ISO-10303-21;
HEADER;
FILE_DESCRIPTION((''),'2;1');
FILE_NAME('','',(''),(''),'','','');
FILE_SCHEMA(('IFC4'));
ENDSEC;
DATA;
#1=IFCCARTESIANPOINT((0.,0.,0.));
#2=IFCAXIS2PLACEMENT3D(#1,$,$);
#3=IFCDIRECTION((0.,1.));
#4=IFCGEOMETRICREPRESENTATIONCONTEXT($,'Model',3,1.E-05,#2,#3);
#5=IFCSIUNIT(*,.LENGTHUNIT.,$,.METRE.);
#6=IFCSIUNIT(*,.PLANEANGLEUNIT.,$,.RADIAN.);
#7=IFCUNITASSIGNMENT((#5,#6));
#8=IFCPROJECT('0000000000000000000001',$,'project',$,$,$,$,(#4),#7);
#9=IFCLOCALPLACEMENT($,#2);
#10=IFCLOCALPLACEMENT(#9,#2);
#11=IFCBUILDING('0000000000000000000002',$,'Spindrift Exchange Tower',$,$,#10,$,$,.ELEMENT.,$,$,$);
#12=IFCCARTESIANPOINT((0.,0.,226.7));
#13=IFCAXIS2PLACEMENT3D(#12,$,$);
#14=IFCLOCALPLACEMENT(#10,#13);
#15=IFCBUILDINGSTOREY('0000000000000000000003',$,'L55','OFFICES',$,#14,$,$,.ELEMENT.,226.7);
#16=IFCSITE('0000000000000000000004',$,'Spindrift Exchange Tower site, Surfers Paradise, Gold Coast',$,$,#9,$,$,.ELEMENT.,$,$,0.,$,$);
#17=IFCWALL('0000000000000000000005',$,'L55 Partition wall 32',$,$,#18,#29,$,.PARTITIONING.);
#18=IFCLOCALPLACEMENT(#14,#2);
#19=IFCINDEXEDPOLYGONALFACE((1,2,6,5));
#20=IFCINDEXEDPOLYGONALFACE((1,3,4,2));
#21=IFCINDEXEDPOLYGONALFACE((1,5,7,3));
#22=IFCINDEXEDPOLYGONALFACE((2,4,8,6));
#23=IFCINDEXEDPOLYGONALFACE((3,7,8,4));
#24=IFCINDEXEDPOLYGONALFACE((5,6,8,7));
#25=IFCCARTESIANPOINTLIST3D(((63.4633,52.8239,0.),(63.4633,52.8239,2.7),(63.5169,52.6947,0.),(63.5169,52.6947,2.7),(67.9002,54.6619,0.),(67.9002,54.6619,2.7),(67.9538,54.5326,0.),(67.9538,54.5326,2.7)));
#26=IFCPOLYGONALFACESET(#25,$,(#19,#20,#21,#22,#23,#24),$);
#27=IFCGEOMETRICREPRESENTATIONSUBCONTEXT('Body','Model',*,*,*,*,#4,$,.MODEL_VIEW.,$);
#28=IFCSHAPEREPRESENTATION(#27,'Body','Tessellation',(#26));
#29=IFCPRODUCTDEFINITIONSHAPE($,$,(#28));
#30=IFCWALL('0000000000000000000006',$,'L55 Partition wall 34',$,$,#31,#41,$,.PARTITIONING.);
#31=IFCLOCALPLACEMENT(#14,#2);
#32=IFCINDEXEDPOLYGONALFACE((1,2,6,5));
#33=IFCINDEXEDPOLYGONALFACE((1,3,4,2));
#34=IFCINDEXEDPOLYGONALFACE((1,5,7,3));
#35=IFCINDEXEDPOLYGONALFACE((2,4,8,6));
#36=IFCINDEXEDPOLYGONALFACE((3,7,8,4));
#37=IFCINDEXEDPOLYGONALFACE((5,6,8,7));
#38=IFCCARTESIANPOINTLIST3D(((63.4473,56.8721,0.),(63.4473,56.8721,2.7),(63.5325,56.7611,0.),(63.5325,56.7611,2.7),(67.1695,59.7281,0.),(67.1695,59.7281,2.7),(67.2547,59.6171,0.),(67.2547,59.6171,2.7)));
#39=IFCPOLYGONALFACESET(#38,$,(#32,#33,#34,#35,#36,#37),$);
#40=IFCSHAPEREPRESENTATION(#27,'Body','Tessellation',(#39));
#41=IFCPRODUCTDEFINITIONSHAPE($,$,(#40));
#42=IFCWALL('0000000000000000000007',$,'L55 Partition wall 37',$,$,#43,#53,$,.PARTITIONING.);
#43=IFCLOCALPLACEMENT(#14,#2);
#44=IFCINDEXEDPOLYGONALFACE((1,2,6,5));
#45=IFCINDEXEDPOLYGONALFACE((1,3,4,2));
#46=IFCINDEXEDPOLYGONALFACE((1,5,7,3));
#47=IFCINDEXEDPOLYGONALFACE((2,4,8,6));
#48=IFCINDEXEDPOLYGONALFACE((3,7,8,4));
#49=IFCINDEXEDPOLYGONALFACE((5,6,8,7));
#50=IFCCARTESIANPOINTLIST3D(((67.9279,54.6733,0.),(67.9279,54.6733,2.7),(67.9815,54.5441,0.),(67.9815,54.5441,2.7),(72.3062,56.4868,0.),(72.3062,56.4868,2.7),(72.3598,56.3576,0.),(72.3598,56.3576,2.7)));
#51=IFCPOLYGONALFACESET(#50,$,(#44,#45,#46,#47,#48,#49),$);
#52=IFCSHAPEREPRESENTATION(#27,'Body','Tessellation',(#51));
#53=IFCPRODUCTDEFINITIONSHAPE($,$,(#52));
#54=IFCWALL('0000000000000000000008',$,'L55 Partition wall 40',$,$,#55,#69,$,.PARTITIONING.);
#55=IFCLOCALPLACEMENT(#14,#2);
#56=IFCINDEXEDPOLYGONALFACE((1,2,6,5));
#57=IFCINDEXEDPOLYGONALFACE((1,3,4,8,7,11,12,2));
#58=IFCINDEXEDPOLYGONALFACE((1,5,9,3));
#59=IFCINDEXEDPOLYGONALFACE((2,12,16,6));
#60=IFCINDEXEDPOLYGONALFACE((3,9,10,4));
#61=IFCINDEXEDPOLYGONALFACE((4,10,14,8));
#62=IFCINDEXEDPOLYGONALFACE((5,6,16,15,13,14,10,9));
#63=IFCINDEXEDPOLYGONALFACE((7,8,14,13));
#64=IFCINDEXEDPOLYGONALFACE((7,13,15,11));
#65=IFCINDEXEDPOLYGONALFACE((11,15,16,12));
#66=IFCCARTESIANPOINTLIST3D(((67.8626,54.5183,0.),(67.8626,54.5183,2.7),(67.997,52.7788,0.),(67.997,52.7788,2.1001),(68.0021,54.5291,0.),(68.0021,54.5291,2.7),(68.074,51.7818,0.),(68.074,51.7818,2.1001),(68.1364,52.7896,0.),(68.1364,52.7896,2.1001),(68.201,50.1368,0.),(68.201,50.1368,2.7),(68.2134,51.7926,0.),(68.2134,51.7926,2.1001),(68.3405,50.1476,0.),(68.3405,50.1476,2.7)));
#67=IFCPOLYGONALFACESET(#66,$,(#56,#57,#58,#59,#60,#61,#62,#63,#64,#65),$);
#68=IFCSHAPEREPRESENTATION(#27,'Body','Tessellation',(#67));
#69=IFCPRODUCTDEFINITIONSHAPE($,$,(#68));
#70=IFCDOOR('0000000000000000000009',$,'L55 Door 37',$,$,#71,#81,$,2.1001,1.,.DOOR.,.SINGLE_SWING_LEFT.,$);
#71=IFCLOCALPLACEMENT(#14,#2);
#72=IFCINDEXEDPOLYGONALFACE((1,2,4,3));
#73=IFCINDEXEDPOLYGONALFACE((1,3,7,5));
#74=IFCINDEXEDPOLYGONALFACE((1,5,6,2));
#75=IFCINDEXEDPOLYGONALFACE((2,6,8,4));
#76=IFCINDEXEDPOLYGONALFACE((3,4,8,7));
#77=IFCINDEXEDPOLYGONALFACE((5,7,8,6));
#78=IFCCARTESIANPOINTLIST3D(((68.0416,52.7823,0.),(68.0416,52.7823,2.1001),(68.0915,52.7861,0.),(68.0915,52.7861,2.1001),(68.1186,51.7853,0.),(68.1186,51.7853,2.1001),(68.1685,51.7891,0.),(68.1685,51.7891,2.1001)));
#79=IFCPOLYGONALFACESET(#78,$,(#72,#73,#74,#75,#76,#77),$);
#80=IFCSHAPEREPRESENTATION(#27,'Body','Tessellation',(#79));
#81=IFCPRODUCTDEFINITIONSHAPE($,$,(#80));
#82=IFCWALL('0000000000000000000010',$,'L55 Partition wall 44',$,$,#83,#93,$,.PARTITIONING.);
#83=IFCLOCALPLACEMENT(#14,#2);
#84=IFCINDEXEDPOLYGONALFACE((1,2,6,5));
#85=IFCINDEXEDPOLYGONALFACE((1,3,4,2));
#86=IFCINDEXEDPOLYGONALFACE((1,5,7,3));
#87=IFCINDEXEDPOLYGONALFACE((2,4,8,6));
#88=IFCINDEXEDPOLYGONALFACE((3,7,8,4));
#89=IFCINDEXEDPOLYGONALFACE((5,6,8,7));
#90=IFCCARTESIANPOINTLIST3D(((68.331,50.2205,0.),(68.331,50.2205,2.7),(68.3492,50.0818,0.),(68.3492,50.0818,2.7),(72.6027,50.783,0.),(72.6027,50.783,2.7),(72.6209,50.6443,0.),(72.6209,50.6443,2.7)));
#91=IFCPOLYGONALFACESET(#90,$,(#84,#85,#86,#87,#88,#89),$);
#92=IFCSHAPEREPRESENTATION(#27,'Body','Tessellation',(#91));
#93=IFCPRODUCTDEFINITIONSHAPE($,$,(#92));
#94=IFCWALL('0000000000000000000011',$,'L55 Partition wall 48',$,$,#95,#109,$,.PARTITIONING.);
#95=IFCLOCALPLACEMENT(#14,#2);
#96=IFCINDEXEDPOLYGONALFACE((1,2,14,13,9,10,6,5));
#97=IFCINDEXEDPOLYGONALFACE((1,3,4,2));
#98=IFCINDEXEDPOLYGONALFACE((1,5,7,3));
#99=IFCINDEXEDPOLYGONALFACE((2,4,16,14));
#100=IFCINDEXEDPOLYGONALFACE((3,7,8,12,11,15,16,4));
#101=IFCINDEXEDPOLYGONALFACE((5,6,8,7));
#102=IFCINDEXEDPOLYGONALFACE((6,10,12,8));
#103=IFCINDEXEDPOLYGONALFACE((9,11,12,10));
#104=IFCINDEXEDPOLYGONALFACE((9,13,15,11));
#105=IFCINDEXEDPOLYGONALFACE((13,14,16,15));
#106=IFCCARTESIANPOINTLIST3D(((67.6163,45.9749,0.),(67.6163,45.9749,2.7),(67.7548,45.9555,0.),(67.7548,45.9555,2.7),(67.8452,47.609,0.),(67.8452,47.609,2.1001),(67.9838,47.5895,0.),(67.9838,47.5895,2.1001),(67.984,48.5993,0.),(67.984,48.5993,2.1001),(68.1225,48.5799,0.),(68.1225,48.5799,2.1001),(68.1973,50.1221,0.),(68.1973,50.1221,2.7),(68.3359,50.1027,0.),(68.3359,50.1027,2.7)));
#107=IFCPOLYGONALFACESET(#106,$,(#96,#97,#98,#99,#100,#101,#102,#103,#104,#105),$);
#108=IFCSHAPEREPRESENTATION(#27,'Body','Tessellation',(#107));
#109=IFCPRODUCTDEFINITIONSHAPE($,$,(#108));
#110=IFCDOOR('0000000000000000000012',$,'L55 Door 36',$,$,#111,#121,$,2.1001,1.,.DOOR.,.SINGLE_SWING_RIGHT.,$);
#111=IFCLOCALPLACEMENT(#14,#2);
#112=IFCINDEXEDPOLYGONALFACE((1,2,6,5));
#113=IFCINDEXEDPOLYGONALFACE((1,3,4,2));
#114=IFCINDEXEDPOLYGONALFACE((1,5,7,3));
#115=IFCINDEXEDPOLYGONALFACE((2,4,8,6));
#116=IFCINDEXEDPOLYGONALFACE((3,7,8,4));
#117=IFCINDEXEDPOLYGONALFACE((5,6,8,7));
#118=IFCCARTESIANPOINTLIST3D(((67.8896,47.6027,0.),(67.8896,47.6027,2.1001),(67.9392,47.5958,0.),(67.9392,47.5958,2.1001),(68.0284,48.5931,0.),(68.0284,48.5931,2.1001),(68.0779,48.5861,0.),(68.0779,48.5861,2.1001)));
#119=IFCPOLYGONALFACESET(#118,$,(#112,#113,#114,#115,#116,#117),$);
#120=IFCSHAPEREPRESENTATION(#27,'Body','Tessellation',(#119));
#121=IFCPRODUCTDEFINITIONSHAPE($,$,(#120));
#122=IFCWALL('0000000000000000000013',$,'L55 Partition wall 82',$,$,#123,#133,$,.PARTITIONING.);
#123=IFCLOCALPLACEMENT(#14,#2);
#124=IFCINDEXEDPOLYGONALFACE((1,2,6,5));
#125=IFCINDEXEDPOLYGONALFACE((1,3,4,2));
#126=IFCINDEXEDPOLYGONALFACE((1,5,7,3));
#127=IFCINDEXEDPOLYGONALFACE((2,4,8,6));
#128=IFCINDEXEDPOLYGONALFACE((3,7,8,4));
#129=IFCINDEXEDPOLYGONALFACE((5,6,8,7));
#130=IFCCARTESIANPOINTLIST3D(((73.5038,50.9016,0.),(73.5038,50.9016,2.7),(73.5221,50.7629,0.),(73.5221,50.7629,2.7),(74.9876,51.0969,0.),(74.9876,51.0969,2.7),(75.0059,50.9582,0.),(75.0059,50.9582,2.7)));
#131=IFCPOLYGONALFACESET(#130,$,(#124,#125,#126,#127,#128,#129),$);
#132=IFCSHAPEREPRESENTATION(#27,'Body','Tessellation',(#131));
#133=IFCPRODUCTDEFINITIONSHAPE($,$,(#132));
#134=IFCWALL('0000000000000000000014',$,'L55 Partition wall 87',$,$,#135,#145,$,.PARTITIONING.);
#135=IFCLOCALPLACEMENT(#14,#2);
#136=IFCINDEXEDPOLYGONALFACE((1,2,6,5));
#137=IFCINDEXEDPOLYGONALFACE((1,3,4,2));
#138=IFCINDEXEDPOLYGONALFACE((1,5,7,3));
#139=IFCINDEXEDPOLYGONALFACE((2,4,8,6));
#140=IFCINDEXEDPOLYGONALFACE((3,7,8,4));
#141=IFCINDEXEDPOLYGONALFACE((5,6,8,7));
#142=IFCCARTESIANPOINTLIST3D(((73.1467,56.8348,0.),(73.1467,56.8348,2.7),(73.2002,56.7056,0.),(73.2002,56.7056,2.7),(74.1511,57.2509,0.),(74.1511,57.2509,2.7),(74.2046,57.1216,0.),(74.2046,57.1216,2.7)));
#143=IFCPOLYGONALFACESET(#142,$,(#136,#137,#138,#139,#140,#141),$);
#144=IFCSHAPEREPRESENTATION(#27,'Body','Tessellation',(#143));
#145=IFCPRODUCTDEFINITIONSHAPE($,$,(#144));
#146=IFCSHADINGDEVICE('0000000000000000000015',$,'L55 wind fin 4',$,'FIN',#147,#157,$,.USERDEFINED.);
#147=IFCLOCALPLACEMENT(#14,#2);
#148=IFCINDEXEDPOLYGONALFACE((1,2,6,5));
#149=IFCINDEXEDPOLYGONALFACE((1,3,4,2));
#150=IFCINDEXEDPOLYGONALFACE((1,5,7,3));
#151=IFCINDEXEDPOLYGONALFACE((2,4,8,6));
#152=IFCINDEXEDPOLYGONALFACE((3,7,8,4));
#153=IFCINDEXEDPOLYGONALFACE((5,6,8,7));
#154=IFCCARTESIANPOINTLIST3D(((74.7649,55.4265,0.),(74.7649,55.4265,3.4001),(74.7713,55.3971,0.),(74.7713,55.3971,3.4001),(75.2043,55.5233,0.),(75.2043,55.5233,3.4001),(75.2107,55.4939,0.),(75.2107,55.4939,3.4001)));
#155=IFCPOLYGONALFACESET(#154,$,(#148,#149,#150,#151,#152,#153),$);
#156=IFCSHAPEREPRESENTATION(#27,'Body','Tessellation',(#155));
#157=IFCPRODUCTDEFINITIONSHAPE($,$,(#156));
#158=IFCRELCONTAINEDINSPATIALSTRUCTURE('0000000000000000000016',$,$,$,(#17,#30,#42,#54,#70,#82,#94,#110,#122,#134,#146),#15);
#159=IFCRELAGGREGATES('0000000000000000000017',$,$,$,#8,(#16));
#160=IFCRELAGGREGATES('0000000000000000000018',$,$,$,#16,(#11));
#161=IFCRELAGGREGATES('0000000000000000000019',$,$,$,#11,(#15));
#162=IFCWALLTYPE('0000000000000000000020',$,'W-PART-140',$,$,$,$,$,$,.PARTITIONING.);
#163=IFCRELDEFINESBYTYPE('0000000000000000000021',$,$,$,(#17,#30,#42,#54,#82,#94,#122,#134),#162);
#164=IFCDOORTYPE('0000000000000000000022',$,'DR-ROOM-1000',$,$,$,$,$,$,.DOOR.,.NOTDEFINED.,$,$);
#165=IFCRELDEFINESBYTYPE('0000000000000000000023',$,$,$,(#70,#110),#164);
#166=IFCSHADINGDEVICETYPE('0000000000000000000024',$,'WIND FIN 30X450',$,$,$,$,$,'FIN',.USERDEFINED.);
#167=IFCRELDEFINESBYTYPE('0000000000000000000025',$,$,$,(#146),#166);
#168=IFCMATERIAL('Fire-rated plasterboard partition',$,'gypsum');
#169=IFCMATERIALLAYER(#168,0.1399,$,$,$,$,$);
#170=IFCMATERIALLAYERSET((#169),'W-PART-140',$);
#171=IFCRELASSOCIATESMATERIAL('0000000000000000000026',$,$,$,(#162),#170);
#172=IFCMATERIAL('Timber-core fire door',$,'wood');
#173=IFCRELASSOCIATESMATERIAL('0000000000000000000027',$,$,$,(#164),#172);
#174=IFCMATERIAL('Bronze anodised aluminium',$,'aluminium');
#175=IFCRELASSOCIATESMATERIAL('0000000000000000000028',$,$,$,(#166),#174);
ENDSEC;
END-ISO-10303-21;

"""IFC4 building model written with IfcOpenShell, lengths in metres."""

from ifc_helpers import new_model, si_unit, direction, frame, frame_2d, origin, origin_2d, place, context, subcontext, project, spatial, rectangle, extrude, source, transform, mapped, material, layer, layer_set, material_profile, profile_set, type_object, element, fill, save


model = new_model("IFC4")

# Units and contexts
model_context = context("Model", 3, precision=1e-05, world=origin(), true_north=direction((0.0, 1.0)))
body_context = subcontext(model_context, "Body", "Model", "MODEL_VIEW")
ifc_project = project(units=[si_unit("LENGTHUNIT", "METRE"), si_unit("PLANEANGLEUNIT", "RADIAN")], contexts=[model_context])

# Site, building, storey
site_placement = place(None, origin())
site = spatial("IfcSite", under=ifc_project, at=site_placement, Name="Spindrift Exchange Tower site, Surfers Paradise, Gold Coast", CompositionType="ELEMENT", RefElevation=0.0)
building_placement = place(site_placement, origin())
building = spatial("IfcBuilding", under=site, at=building_placement, Name="Spindrift Exchange Tower", CompositionType="ELEMENT")
storey_placement = place(building_placement, frame((0.0, 0.0, 226.7)))
storey = spatial("IfcBuildingStorey", under=building, at=storey_placement, Name="L55", Description="OFFICES", CompositionType="ELEMENT", Elevation=226.7)

# Shared definitions
ifc_material_1 = material(Name="Bronze anodised aluminium", Category="aluminium")

# Walls
ifc_material_2 = material(Name="Fire-rated plasterboard partition", Category="gypsum")
ifc_layer_1 = layer(ifc_material_2, 0.1399)
ifc_layer_set_1 = layer_set([ifc_layer_1], Name="W-PART-140")
wall_type = type_object("IfcWallType", Name="W-PART-140", PredefinedType="PARTITIONING", material=ifc_layer_set_1)
wall_1_placement = place(storey_placement, frame((63.49, 52.7593, 0.0), z_axis=(0.0, 0.0, 1.0), x_axis=(0.923871, 0.382705, 0.0)))
element("IfcWall", 1, at=wall_1_placement, inside=storey, type_object=wall_type, Name="L55 Partition wall 32", PredefinedType="PARTITIONING", context=body_context, shape_type="SweptSolid", body=[
    extrude(rectangle(XDim=4.8025, YDim=0.1399, at=frame_2d((2.4014, 0.0))), origin(), (0.0, 0.0, 1.0), 2.7),
])
wall_2_placement = place(storey_placement, frame((63.49, 56.8167, 0.0), z_axis=(0.0, 0.0, 1.0), x_axis=(0.79337, 0.60874, 0.0)))
element("IfcWall", 2, at=wall_2_placement, inside=storey, type_object=wall_type, Name="L55 Partition wall 34", PredefinedType="PARTITIONING", context=body_context, shape_type="SweptSolid", body=[
    extrude(rectangle(XDim=4.6917, YDim=0.1399, at=frame_2d((2.3457, 0.0))), origin(), (0.0, 0.0, 1.0), 2.7),
])
wall_3_placement = place(storey_placement, frame((67.9546, 54.6086, 0.0), z_axis=(0.0, 0.0, 1.0), x_axis=(0.923881, 0.382679, 0.0)))
element("IfcWall", 3, at=wall_3_placement, inside=storey, type_object=wall_type, Name="L55 Partition wall 37", PredefinedType="PARTITIONING", context=body_context, shape_type="SweptSolid", body=[
    extrude(rectangle(XDim=4.739, YDim=0.1399, at=frame_2d((2.3696, 0.0))), origin(), (0.0, 0.0, 1.0), 2.7),
])

# Wall, opening, door
wall_4_placement = place(storey_placement, frame((67.9324, 54.5237, 0.0), z_axis=(0.0, 0.0, 1.0), x_axis=(0.076998, -0.997031, 0.0)))
wall_4 = element("IfcWall", 4, at=wall_4_placement, inside=storey, type_object=wall_type, Name="L55 Partition wall 40", PredefinedType="PARTITIONING", context=body_context, shape_type="SweptSolid", body=[
    extrude(rectangle(XDim=4.3945, YDim=0.1399, at=frame_2d((2.1973, 0.0))), origin(), (0.0, 0.0, 1.0), 2.7),
])
opening_1_placement = place(wall_4_placement, frame((1.7446, 0.0, 0.0)))
opening_1 = element("IfcOpeningElement", 5, at=opening_1_placement, cuts=wall_4, PredefinedType="OPENING", context=body_context, shape_type="SweptSolid", body=[
    extrude(rectangle(XDim=1.0, YDim=2.1001, at=frame_2d((0.5, 1.05))), frame((0.0, 0.0798, 0.0), z_axis=(0.0, -1.0, 0.0), x_axis=(1.0, 0.0, 0.0)), (0.0, 0.0, 1.0), 0.1599),
])
ifc_material_3 = material(Name="Timber-core fire door", Category="wood")
door_type = type_object("IfcDoorType", Name="DR-ROOM-1000", OperationType="NOTDEFINED", PredefinedType="DOOR", material=ifc_material_3)
shared_shape_1 = source(origin(), body_context, "Body", "SweptSolid", [
    extrude(rectangle(XDim=1.0, YDim=2.1001, at=frame_2d((0.5, 1.05))), frame((0.0, 0.0249, 0.0), z_axis=(0.0, -1.0, 0.0), x_axis=(1.0, 0.0, 0.0)), (0.0, 0.0, 1.0), 0.05),
])
door_1_placement = place(opening_1_placement, origin())
door_1 = element("IfcDoor", 6, at=door_1_placement, inside=storey, type_object=door_type, Name="L55 Door 37", OperationType="SINGLE_SWING_LEFT", OverallHeight=2.1001, OverallWidth=1.0, PredefinedType="DOOR", context=body_context, shape_type="MappedRepresentation", body=[
    mapped(shared_shape_1, transform((0.0, 0.0, 0.0), scale=1.0)),
])
fill(opening_1, door_1)

# Wall
wall_5_placement = place(storey_placement, frame((68.3401, 50.1511, 0.0), z_axis=(0.0, 0.0, 1.0), x_axis=(0.991441, 0.130553, 0.0)))
element("IfcWall", 7, at=wall_5_placement, inside=storey, type_object=wall_type, Name="L55 Partition wall 44", PredefinedType="PARTITIONING", context=body_context, shape_type="SweptSolid", body=[
    extrude(rectangle(XDim=4.3086, YDim=0.1399, at=frame_2d((2.1543, 0.0))), origin(), (0.0, 0.0, 1.0), 2.7),
])

# Wall, opening, door
wall_6_placement = place(storey_placement, frame((68.2666, 50.1123, 0.0), z_axis=(0.0, 0.0, 1.0), x_axis=(-0.138752, -0.990327, 0.0)))
wall_6 = element("IfcWall", 8, at=wall_6_placement, inside=storey, type_object=wall_type, Name="L55 Partition wall 48", PredefinedType="PARTITIONING", context=body_context, shape_type="SweptSolid", body=[
    extrude(rectangle(XDim=4.1877, YDim=0.1399, at=frame_2d((2.0938, 0.0))), origin(), (0.0, 0.0, 1.0), 2.7),
])
opening_2_placement = place(wall_6_placement, frame((1.5376, 0.0, 0.0)))
opening_2 = element("IfcOpeningElement", 9, at=opening_2_placement, cuts=wall_6, PredefinedType="OPENING", context=body_context, shape_type="SweptSolid", body=[
    extrude(rectangle(XDim=1.0, YDim=2.1001, at=frame_2d((0.5, 1.05))), frame((0.0, 0.0798, 0.0), z_axis=(0.0, -1.0, 0.0), x_axis=(1.0, 0.0, 0.0)), (0.0, 0.0, 1.0), 0.1599),
])
door_2_placement = place(opening_2_placement, origin())
door_2 = element("IfcDoor", 10, at=door_2_placement, inside=storey, type_object=door_type, Name="L55 Door 36", OperationType="SINGLE_SWING_RIGHT", OverallHeight=2.1001, OverallWidth=1.0, PredefinedType="DOOR", context=body_context, shape_type="MappedRepresentation", body=[
    mapped(shared_shape_1, transform((0.0, 0.0, 0.0), scale=1.0)),
])
fill(opening_2, door_2)

# Walls
wall_7_placement = place(storey_placement, frame((73.5129, 50.8323, 0.0), z_axis=(0.0, 0.0, 1.0), x_axis=(0.991449, 0.130497, 0.0)))
element("IfcWall", 11, at=wall_7_placement, inside=storey, type_object=wall_type, Name="L55 Partition wall 82", PredefinedType="PARTITIONING", context=body_context, shape_type="SweptSolid", body=[
    extrude(rectangle(XDim=1.4966, YDim=0.1399, at=frame_2d((0.7483, 0.0))), origin(), (0.0, 0.0, 1.0), 2.7),
])
wall_8_placement = place(storey_placement, frame((73.1736, 56.7703, 0.0), z_axis=(0.0, 0.0, 1.0), x_axis=(0.923885, 0.382669, 0.0)))
element("IfcWall", 12, at=wall_8_placement, inside=storey, type_object=wall_type, Name="L55 Partition wall 87", PredefinedType="PARTITIONING", context=body_context, shape_type="SweptSolid", body=[
    extrude(rectangle(XDim=1.0872, YDim=0.1399, at=frame_2d((0.5435, 0.0))), origin(), (0.0, 0.0, 1.0), 2.7),
])

# Shading device
ifc_material_profile_1 = material_profile(ifc_material_1, rectangle(XDim=0.03, YDim=0.45, at=origin_2d()), Name="WIND FIN 30X450")
ifc_profile_set_1 = profile_set([ifc_material_profile_1], Name="Bronze anodised aluminium")
shading_device_type = type_object("IfcShadingDeviceType", Name="WIND FIN 30X450", ElementType="FIN", PredefinedType="USERDEFINED", material=ifc_profile_set_1)
shared_shape_2 = source(origin(), body_context, "Body", "SweptSolid", [
    extrude(rectangle(XDim=0.03, YDim=0.45, at=origin_2d()), origin(), (0.0, 0.0, 1.0), 3.4001),
])
shading_device_placement = place(storey_placement, frame((74.9878, 55.4602, 0.0), z_axis=(0.0, 0.0, 1.0), x_axis=(-0.215161, 0.976578, 0.0)))
element("IfcShadingDevice", 13, at=shading_device_placement, inside=storey, type_object=shading_device_type, Name="L55 wind fin 4", ObjectType="FIN", PredefinedType="USERDEFINED", context=body_context, shape_type="MappedRepresentation", body=[
    mapped(shared_shape_2, transform((0.0, 0.0, 0.0), scale=1.0)),
])

save(model, "model.ifc")
